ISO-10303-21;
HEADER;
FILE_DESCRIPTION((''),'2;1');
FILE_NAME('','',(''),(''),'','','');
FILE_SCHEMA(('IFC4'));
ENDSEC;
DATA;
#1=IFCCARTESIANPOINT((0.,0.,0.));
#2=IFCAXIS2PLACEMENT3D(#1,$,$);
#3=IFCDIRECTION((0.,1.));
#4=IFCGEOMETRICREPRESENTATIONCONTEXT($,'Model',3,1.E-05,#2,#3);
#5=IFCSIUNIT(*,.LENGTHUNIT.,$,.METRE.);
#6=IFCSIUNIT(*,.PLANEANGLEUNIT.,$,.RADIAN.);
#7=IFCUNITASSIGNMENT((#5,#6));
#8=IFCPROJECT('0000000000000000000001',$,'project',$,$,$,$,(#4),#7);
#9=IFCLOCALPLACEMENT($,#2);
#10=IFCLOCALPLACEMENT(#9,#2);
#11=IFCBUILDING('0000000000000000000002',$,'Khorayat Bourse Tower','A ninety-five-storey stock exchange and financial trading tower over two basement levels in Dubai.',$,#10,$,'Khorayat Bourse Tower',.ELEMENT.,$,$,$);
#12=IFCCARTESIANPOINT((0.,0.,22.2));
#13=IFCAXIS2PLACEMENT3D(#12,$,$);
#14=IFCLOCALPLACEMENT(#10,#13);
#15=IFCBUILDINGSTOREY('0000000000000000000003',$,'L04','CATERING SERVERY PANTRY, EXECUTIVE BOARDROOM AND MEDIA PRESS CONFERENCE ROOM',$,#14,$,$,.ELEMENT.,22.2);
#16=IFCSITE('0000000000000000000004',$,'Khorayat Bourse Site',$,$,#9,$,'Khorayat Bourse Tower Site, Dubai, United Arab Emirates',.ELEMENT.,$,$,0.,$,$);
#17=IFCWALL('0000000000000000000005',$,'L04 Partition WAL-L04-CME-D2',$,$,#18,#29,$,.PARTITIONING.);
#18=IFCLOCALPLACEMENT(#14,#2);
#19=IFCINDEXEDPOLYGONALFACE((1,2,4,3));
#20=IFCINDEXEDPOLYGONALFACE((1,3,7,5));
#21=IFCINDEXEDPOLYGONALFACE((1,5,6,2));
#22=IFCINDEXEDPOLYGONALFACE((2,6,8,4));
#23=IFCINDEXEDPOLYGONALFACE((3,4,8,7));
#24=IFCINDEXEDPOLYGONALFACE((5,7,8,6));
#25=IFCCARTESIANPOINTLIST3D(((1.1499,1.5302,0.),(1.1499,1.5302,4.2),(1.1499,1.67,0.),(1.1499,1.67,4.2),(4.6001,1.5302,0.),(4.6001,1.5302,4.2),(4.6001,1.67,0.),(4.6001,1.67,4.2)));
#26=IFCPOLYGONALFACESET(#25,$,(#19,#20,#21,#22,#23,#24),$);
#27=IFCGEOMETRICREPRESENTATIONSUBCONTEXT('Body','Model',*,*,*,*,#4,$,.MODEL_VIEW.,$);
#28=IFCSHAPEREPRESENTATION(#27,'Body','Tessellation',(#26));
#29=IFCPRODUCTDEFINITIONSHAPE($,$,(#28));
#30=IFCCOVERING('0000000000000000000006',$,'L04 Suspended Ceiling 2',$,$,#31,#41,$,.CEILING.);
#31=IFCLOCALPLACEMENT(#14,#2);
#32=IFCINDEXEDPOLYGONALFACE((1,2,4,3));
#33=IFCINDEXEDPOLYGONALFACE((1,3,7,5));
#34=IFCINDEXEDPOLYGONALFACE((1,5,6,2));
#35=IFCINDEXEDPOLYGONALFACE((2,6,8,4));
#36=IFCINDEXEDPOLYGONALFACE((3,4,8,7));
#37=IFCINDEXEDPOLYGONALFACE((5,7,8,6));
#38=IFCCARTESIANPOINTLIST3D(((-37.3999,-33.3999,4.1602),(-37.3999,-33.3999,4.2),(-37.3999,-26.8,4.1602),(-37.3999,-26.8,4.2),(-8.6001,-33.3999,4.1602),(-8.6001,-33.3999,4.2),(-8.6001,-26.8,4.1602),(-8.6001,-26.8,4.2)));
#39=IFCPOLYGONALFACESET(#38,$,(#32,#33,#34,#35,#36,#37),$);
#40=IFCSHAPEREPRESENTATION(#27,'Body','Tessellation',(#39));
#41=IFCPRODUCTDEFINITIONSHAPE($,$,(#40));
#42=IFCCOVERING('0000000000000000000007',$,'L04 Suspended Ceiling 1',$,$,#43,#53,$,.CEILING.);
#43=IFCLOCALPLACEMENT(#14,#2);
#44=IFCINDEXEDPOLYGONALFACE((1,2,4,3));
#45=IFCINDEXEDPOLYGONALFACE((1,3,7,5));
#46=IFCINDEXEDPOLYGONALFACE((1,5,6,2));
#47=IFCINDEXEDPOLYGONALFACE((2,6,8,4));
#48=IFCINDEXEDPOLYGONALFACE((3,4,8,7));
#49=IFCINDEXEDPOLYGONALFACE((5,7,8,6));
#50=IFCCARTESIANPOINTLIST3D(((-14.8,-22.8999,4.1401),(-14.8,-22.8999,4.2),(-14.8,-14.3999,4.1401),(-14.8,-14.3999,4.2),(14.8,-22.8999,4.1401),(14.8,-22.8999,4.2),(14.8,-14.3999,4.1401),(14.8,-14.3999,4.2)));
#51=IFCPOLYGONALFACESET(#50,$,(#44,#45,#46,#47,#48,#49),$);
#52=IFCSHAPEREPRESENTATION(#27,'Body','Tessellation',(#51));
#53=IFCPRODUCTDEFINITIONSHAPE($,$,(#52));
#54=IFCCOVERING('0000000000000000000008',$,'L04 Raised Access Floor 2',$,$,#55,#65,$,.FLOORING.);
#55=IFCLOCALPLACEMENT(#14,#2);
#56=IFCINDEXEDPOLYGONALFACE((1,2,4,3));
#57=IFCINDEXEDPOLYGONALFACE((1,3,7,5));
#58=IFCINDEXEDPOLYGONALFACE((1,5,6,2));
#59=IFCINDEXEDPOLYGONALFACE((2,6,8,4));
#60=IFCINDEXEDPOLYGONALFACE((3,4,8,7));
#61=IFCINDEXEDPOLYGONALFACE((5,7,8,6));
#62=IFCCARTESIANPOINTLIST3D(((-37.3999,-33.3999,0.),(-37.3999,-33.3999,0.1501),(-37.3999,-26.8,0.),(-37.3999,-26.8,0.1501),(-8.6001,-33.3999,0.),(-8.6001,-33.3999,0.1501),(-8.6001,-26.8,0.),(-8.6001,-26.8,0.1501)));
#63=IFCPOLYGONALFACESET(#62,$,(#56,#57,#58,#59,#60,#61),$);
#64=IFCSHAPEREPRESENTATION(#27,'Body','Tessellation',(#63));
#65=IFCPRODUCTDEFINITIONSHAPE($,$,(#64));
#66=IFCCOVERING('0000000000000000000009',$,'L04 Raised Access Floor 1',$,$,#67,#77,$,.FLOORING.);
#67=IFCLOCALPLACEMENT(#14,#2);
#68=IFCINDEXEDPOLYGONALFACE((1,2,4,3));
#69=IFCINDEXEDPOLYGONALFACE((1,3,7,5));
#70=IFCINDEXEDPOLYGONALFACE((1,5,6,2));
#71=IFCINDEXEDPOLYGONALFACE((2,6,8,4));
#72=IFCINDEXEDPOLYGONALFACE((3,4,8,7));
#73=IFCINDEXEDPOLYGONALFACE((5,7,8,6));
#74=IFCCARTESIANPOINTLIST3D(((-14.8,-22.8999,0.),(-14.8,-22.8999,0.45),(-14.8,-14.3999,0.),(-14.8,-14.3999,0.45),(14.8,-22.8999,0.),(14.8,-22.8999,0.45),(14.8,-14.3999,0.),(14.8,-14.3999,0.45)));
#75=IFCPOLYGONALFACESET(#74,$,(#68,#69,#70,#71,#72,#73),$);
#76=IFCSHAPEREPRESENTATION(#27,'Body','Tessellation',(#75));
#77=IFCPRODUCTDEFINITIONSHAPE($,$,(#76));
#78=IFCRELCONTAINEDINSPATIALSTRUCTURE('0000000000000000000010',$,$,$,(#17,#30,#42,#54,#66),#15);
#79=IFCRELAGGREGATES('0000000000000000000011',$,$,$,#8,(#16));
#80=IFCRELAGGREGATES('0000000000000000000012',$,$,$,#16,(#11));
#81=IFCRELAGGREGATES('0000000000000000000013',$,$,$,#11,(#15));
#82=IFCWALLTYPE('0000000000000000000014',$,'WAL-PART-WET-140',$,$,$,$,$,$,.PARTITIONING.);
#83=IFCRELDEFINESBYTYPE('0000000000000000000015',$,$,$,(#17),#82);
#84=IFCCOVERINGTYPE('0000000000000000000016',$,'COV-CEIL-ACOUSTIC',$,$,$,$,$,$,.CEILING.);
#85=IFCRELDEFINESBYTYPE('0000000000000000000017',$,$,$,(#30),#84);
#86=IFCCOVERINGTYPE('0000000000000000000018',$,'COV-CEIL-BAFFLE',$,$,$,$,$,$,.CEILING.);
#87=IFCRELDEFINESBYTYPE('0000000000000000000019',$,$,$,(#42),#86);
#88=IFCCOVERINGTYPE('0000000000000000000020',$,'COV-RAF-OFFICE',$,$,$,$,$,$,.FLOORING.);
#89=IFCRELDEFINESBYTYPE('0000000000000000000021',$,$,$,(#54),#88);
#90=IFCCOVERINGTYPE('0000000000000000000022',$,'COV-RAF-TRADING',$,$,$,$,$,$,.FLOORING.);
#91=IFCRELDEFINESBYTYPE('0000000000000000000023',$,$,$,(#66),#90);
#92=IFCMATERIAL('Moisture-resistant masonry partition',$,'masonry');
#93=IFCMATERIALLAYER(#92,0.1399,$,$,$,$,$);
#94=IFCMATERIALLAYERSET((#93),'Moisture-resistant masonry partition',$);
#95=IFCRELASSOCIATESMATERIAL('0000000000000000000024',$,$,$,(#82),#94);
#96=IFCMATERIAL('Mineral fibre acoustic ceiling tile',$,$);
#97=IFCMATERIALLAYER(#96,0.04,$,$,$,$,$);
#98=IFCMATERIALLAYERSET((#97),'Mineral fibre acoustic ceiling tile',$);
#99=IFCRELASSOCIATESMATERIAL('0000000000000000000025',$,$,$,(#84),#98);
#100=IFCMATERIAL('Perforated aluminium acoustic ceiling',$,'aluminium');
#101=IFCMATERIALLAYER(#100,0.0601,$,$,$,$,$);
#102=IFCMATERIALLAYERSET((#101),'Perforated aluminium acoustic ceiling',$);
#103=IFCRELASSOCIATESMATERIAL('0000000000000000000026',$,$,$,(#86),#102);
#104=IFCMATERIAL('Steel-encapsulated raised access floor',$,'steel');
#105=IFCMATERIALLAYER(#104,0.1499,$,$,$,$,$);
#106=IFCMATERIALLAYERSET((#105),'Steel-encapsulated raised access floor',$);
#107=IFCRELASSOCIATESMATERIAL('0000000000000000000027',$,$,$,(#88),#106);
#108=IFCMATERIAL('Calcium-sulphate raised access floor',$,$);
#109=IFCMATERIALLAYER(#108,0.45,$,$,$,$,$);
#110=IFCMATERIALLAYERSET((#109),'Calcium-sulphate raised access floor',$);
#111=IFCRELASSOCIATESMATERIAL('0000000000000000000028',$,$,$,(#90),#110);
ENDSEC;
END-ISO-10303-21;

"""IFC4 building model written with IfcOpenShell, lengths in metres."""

from ifc_helpers import new_model, si_unit, direction, frame, frame_2d, origin, place, context, subcontext, project, spatial, polyline, rectangle, outline, extrude, source, transform, mapped, material, layer, layer_set, type_object, element, save


model = new_model("IFC4")

# Units and contexts
model_context = context("Model", 3, precision=1e-05, world=origin(), true_north=direction((0.0, 1.0)))
body_context = subcontext(model_context, "Body", "Model", "MODEL_VIEW")
ifc_project = project(units=[si_unit("LENGTHUNIT", "METRE"), si_unit("PLANEANGLEUNIT", "RADIAN")], contexts=[model_context])

# Site, building, storey
site_placement = place(None, origin())
site = spatial("IfcSite", under=ifc_project, at=site_placement, Name="Khorayat Bourse Site", LongName="Khorayat Bourse Tower Site, Dubai, United Arab Emirates", CompositionType="ELEMENT", RefElevation=0.0)
building_placement = place(site_placement, origin())
building = spatial("IfcBuilding", under=site, at=building_placement, Name="Khorayat Bourse Tower", Description="A ninety-five-storey stock exchange and financial trading tower over two basement levels in Dubai.", LongName="Khorayat Bourse Tower", CompositionType="ELEMENT")
storey_placement = place(building_placement, frame((0.0, 0.0, 22.2)))
storey = spatial("IfcBuildingStorey", under=building, at=storey_placement, Name="L04", Description="CATERING SERVERY PANTRY, EXECUTIVE BOARDROOM AND MEDIA PRESS CONFERENCE ROOM", CompositionType="ELEMENT", Elevation=22.2)

# Shared definitions
ifc_material_1 = material(Name="Moisture-resistant masonry partition", Category="masonry")
ifc_layer_1 = layer(ifc_material_1, 0.1399)
ifc_layer_set_1 = layer_set([ifc_layer_1], Name="Moisture-resistant masonry partition")
wall_type_1 = type_object("IfcWallType", Name="WAL-PART-WET-140", PredefinedType="PARTITIONING", material=ifc_layer_set_1)

# Wall
shared_shape_1 = source(origin(), body_context, "Body", "SweptSolid", [
    extrude(rectangle(XDim=3.4502, YDim=0.1399, at=frame_2d((1.7251, 0.0))), origin(), (0.0, 0.0, 1.0), 4.2),
])
for number, where, z_axis, x_axis, name in (
    (1, (1.1499, 1.6001, 0.0), (0.0, 0.0, 1.0), (1.0, 0.0, 0.0), "L04 Partition WAL-L04-CME-D2"),
):
    element("IfcWall", number, at=place(storey_placement, frame(where, z_axis=z_axis, x_axis=x_axis)), inside=storey, type_object=wall_type_1, Name=name, PredefinedType="PARTITIONING", context=body_context, shape_type="MappedRepresentation", body=[
        mapped(shared_shape_1, transform((0.0, 0.0, 0.0), scale=1.0)),
    ])

# Coverings
ifc_material_2 = material(Name="Mineral fibre acoustic ceiling tile")
ifc_layer_2 = layer(ifc_material_2, 0.04)
ifc_layer_set_2 = layer_set([ifc_layer_2], Name="Mineral fibre acoustic ceiling tile")
covering_type_1 = type_object("IfcCoveringType", Name="COV-CEIL-ACOUSTIC", PredefinedType="CEILING", material=ifc_layer_set_2)
covering_1_placement = place(storey_placement, frame((0.0, 0.0, 4.1602)))
element("IfcCovering", 2, at=covering_1_placement, inside=storey, type_object=covering_type_1, Name="L04 Suspended Ceiling 2", PredefinedType="CEILING", context=body_context, shape_type="SweptSolid", body=[
    extrude(outline(polyline([(-37.3999, -33.3999), (-8.6001, -33.3999), (-8.6001, -26.8), (-37.3999, -26.8), (-37.3999, -33.3999)])), origin(), (0.0, 0.0, 1.0), 0.0398),
])
ifc_material_3 = material(Name="Perforated aluminium acoustic ceiling", Category="aluminium")
ifc_layer_3 = layer(ifc_material_3, 0.0601)
ifc_layer_set_3 = layer_set([ifc_layer_3], Name="Perforated aluminium acoustic ceiling")
covering_type_2 = type_object("IfcCoveringType", Name="COV-CEIL-BAFFLE", PredefinedType="CEILING", material=ifc_layer_set_3)
covering_2_placement = place(storey_placement, frame((0.0, 0.0, 4.1401)))
element("IfcCovering", 3, at=covering_2_placement, inside=storey, type_object=covering_type_2, Name="L04 Suspended Ceiling 1", PredefinedType="CEILING", context=body_context, shape_type="SweptSolid", body=[
    extrude(outline(polyline([(-14.8, -22.8999), (14.8, -22.8999), (14.8, -14.3999), (-14.8, -14.3999), (-14.8, -22.8999)])), origin(), (0.0, 0.0, 1.0), 0.0598),
])
ifc_material_4 = material(Name="Steel-encapsulated raised access floor", Category="steel")
ifc_layer_4 = layer(ifc_material_4, 0.1499)
ifc_layer_set_4 = layer_set([ifc_layer_4], Name="Steel-encapsulated raised access floor")
covering_type_3 = type_object("IfcCoveringType", Name="COV-RAF-OFFICE", PredefinedType="FLOORING", material=ifc_layer_set_4)
covering_3_placement = place(storey_placement, origin())
element("IfcCovering", 4, at=covering_3_placement, inside=storey, type_object=covering_type_3, Name="L04 Raised Access Floor 2", PredefinedType="FLOORING", context=body_context, shape_type="SweptSolid", body=[
    extrude(outline(polyline([(-37.3999, -33.3999), (-8.6001, -33.3999), (-8.6001, -26.8), (-37.3999, -26.8), (-37.3999, -33.3999)])), origin(), (0.0, 0.0, 1.0), 0.1501),
])
ifc_material_5 = material(Name="Calcium-sulphate raised access floor")
ifc_layer_5 = layer(ifc_material_5, 0.45)
ifc_layer_set_5 = layer_set([ifc_layer_5], Name="Calcium-sulphate raised access floor")
covering_type_4 = type_object("IfcCoveringType", Name="COV-RAF-TRADING", PredefinedType="FLOORING", material=ifc_layer_set_5)
covering_4_placement = place(storey_placement, origin())
element("IfcCovering", 5, at=covering_4_placement, inside=storey, type_object=covering_type_4, Name="L04 Raised Access Floor 1", PredefinedType="FLOORING", context=body_context, shape_type="SweptSolid", body=[
    extrude(outline(polyline([(-14.8, -22.8999), (14.8, -22.8999), (14.8, -14.3999), (-14.8, -14.3999), (-14.8, -22.8999)])), origin(), (0.0, 0.0, 1.0), 0.45),
])

save(model, "model.ifc")
